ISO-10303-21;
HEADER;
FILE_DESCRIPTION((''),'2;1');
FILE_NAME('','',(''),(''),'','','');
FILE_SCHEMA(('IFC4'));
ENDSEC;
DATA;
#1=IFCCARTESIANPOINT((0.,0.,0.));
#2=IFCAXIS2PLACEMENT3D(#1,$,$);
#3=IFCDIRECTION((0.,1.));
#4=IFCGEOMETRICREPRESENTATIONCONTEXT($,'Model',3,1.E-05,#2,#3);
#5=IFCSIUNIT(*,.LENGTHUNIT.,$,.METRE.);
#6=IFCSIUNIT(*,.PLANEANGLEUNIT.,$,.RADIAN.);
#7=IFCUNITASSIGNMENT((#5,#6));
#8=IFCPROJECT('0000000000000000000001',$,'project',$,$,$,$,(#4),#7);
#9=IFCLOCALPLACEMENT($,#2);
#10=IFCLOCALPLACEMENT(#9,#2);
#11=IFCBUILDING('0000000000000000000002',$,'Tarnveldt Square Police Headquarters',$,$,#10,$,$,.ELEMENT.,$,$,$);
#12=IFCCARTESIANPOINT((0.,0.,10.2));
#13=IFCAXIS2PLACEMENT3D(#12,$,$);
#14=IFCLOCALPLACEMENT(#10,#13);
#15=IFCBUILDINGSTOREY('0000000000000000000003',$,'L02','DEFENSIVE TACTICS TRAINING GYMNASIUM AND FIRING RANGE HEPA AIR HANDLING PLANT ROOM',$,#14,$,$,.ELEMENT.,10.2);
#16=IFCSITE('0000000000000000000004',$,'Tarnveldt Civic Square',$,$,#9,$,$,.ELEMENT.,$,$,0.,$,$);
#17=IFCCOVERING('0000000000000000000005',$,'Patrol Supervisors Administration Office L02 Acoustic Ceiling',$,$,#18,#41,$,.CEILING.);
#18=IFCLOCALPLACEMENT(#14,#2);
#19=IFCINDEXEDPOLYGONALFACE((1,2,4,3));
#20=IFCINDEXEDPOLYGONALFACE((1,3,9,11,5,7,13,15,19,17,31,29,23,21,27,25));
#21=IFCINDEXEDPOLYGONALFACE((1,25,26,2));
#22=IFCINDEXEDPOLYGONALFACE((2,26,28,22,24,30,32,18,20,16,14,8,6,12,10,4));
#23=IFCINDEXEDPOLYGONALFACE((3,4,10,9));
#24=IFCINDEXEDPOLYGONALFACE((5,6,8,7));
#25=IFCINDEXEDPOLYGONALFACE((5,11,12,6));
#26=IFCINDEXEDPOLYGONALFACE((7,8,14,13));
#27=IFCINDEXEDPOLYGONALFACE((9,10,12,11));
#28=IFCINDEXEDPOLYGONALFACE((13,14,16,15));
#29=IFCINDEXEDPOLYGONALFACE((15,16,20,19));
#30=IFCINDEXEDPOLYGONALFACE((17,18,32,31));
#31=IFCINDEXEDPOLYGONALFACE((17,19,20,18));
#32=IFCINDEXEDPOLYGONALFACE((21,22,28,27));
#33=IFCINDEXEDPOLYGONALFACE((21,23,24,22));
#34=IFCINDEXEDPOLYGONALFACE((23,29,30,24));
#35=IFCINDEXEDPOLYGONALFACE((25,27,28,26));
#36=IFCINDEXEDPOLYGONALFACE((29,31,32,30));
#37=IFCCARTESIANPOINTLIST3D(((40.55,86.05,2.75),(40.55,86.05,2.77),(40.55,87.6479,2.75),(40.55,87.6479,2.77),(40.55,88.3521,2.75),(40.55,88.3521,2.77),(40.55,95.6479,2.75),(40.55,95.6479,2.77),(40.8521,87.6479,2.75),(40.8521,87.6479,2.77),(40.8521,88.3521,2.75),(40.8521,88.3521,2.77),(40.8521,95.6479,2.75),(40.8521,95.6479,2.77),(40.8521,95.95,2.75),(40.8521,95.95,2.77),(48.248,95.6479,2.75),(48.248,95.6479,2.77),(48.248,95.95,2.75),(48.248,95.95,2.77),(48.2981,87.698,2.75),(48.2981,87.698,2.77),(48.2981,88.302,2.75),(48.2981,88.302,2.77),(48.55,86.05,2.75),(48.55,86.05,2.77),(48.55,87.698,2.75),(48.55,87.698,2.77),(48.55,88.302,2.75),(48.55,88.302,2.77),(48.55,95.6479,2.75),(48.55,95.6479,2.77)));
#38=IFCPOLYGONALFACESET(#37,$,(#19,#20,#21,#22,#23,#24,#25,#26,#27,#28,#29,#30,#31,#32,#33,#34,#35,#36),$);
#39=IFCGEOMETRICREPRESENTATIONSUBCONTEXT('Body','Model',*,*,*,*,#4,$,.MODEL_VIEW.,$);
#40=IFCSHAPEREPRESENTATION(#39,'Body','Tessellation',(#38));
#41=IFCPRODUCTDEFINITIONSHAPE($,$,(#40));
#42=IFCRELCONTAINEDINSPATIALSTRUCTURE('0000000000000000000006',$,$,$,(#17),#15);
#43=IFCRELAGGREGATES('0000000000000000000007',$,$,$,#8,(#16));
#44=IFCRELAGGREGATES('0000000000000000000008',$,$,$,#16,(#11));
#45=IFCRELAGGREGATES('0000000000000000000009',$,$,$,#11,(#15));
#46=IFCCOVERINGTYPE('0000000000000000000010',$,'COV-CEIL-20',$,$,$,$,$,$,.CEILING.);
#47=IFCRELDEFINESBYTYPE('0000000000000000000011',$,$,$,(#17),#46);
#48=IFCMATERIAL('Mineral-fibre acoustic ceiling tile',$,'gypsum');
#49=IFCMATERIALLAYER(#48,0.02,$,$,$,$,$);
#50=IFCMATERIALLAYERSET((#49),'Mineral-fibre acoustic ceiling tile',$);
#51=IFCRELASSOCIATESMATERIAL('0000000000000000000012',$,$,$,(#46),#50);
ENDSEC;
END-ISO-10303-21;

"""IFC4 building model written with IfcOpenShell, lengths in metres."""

from ifc_helpers import new_model, si_unit, direction, frame, origin, place, context, subcontext, project, spatial, polyline, outline, extrude, material, layer, layer_set, type_object, element, save


model = new_model("IFC4")

# Units and contexts
model_context = context("Model", 3, precision=1e-05, world=origin(), true_north=direction((0.0, 1.0)))
body_context = subcontext(model_context, "Body", "Model", "MODEL_VIEW")
ifc_project = project(units=[si_unit("LENGTHUNIT", "METRE"), si_unit("PLANEANGLEUNIT", "RADIAN")], contexts=[model_context])

# Site, building, storey
site_placement = place(None, origin())
site = spatial("IfcSite", under=ifc_project, at=site_placement, Name="Tarnveldt Civic Square", CompositionType="ELEMENT", RefElevation=0.0)
building_placement = place(site_placement, origin())
building = spatial("IfcBuilding", under=site, at=building_placement, Name="Tarnveldt Square Police Headquarters", CompositionType="ELEMENT")
storey_placement = place(building_placement, frame((0.0, 0.0, 10.2)))
storey = spatial("IfcBuildingStorey", under=building, at=storey_placement, Name="L02", Description="DEFENSIVE TACTICS TRAINING GYMNASIUM AND FIRING RANGE HEPA AIR HANDLING PLANT ROOM", CompositionType="ELEMENT", Elevation=10.2)

# Covering
ifc_material_1 = material(Name="Mineral-fibre acoustic ceiling tile", Category="gypsum")
ifc_layer_1 = layer(ifc_material_1, 0.02)
ifc_layer_set_1 = layer_set([ifc_layer_1], Name="Mineral-fibre acoustic ceiling tile")
covering_type_1 = type_object("IfcCoveringType", Name="COV-CEIL-20", PredefinedType="CEILING", material=ifc_layer_set_1)
covering_1_placement = place(storey_placement, frame((0.0, 0.0, 2.75)))
element("IfcCovering", 1, at=covering_1_placement, inside=storey, type_object=covering_type_1, Name="Patrol Supervisors Administration Office L02 Acoustic Ceiling", PredefinedType="CEILING", context=body_context, shape_type="SweptSolid", body=[
    extrude(outline(polyline([(48.55, 86.05), (40.55, 86.05), (40.55, 87.6479), (40.8521, 87.6479), (40.8521, 88.3521), (40.55, 88.3521), (40.55, 95.6479), (40.8521, 95.6479), (40.8521, 95.95), (48.248, 95.95), (48.248, 95.6479), (48.55, 95.6479), (48.55, 88.302), (48.2981, 88.302), (48.2981, 87.698), (48.55, 87.698), (48.55, 86.05)])), origin(), (0.0, 0.0, 1.0), 0.02),
])

save(model, "model.ifc")
